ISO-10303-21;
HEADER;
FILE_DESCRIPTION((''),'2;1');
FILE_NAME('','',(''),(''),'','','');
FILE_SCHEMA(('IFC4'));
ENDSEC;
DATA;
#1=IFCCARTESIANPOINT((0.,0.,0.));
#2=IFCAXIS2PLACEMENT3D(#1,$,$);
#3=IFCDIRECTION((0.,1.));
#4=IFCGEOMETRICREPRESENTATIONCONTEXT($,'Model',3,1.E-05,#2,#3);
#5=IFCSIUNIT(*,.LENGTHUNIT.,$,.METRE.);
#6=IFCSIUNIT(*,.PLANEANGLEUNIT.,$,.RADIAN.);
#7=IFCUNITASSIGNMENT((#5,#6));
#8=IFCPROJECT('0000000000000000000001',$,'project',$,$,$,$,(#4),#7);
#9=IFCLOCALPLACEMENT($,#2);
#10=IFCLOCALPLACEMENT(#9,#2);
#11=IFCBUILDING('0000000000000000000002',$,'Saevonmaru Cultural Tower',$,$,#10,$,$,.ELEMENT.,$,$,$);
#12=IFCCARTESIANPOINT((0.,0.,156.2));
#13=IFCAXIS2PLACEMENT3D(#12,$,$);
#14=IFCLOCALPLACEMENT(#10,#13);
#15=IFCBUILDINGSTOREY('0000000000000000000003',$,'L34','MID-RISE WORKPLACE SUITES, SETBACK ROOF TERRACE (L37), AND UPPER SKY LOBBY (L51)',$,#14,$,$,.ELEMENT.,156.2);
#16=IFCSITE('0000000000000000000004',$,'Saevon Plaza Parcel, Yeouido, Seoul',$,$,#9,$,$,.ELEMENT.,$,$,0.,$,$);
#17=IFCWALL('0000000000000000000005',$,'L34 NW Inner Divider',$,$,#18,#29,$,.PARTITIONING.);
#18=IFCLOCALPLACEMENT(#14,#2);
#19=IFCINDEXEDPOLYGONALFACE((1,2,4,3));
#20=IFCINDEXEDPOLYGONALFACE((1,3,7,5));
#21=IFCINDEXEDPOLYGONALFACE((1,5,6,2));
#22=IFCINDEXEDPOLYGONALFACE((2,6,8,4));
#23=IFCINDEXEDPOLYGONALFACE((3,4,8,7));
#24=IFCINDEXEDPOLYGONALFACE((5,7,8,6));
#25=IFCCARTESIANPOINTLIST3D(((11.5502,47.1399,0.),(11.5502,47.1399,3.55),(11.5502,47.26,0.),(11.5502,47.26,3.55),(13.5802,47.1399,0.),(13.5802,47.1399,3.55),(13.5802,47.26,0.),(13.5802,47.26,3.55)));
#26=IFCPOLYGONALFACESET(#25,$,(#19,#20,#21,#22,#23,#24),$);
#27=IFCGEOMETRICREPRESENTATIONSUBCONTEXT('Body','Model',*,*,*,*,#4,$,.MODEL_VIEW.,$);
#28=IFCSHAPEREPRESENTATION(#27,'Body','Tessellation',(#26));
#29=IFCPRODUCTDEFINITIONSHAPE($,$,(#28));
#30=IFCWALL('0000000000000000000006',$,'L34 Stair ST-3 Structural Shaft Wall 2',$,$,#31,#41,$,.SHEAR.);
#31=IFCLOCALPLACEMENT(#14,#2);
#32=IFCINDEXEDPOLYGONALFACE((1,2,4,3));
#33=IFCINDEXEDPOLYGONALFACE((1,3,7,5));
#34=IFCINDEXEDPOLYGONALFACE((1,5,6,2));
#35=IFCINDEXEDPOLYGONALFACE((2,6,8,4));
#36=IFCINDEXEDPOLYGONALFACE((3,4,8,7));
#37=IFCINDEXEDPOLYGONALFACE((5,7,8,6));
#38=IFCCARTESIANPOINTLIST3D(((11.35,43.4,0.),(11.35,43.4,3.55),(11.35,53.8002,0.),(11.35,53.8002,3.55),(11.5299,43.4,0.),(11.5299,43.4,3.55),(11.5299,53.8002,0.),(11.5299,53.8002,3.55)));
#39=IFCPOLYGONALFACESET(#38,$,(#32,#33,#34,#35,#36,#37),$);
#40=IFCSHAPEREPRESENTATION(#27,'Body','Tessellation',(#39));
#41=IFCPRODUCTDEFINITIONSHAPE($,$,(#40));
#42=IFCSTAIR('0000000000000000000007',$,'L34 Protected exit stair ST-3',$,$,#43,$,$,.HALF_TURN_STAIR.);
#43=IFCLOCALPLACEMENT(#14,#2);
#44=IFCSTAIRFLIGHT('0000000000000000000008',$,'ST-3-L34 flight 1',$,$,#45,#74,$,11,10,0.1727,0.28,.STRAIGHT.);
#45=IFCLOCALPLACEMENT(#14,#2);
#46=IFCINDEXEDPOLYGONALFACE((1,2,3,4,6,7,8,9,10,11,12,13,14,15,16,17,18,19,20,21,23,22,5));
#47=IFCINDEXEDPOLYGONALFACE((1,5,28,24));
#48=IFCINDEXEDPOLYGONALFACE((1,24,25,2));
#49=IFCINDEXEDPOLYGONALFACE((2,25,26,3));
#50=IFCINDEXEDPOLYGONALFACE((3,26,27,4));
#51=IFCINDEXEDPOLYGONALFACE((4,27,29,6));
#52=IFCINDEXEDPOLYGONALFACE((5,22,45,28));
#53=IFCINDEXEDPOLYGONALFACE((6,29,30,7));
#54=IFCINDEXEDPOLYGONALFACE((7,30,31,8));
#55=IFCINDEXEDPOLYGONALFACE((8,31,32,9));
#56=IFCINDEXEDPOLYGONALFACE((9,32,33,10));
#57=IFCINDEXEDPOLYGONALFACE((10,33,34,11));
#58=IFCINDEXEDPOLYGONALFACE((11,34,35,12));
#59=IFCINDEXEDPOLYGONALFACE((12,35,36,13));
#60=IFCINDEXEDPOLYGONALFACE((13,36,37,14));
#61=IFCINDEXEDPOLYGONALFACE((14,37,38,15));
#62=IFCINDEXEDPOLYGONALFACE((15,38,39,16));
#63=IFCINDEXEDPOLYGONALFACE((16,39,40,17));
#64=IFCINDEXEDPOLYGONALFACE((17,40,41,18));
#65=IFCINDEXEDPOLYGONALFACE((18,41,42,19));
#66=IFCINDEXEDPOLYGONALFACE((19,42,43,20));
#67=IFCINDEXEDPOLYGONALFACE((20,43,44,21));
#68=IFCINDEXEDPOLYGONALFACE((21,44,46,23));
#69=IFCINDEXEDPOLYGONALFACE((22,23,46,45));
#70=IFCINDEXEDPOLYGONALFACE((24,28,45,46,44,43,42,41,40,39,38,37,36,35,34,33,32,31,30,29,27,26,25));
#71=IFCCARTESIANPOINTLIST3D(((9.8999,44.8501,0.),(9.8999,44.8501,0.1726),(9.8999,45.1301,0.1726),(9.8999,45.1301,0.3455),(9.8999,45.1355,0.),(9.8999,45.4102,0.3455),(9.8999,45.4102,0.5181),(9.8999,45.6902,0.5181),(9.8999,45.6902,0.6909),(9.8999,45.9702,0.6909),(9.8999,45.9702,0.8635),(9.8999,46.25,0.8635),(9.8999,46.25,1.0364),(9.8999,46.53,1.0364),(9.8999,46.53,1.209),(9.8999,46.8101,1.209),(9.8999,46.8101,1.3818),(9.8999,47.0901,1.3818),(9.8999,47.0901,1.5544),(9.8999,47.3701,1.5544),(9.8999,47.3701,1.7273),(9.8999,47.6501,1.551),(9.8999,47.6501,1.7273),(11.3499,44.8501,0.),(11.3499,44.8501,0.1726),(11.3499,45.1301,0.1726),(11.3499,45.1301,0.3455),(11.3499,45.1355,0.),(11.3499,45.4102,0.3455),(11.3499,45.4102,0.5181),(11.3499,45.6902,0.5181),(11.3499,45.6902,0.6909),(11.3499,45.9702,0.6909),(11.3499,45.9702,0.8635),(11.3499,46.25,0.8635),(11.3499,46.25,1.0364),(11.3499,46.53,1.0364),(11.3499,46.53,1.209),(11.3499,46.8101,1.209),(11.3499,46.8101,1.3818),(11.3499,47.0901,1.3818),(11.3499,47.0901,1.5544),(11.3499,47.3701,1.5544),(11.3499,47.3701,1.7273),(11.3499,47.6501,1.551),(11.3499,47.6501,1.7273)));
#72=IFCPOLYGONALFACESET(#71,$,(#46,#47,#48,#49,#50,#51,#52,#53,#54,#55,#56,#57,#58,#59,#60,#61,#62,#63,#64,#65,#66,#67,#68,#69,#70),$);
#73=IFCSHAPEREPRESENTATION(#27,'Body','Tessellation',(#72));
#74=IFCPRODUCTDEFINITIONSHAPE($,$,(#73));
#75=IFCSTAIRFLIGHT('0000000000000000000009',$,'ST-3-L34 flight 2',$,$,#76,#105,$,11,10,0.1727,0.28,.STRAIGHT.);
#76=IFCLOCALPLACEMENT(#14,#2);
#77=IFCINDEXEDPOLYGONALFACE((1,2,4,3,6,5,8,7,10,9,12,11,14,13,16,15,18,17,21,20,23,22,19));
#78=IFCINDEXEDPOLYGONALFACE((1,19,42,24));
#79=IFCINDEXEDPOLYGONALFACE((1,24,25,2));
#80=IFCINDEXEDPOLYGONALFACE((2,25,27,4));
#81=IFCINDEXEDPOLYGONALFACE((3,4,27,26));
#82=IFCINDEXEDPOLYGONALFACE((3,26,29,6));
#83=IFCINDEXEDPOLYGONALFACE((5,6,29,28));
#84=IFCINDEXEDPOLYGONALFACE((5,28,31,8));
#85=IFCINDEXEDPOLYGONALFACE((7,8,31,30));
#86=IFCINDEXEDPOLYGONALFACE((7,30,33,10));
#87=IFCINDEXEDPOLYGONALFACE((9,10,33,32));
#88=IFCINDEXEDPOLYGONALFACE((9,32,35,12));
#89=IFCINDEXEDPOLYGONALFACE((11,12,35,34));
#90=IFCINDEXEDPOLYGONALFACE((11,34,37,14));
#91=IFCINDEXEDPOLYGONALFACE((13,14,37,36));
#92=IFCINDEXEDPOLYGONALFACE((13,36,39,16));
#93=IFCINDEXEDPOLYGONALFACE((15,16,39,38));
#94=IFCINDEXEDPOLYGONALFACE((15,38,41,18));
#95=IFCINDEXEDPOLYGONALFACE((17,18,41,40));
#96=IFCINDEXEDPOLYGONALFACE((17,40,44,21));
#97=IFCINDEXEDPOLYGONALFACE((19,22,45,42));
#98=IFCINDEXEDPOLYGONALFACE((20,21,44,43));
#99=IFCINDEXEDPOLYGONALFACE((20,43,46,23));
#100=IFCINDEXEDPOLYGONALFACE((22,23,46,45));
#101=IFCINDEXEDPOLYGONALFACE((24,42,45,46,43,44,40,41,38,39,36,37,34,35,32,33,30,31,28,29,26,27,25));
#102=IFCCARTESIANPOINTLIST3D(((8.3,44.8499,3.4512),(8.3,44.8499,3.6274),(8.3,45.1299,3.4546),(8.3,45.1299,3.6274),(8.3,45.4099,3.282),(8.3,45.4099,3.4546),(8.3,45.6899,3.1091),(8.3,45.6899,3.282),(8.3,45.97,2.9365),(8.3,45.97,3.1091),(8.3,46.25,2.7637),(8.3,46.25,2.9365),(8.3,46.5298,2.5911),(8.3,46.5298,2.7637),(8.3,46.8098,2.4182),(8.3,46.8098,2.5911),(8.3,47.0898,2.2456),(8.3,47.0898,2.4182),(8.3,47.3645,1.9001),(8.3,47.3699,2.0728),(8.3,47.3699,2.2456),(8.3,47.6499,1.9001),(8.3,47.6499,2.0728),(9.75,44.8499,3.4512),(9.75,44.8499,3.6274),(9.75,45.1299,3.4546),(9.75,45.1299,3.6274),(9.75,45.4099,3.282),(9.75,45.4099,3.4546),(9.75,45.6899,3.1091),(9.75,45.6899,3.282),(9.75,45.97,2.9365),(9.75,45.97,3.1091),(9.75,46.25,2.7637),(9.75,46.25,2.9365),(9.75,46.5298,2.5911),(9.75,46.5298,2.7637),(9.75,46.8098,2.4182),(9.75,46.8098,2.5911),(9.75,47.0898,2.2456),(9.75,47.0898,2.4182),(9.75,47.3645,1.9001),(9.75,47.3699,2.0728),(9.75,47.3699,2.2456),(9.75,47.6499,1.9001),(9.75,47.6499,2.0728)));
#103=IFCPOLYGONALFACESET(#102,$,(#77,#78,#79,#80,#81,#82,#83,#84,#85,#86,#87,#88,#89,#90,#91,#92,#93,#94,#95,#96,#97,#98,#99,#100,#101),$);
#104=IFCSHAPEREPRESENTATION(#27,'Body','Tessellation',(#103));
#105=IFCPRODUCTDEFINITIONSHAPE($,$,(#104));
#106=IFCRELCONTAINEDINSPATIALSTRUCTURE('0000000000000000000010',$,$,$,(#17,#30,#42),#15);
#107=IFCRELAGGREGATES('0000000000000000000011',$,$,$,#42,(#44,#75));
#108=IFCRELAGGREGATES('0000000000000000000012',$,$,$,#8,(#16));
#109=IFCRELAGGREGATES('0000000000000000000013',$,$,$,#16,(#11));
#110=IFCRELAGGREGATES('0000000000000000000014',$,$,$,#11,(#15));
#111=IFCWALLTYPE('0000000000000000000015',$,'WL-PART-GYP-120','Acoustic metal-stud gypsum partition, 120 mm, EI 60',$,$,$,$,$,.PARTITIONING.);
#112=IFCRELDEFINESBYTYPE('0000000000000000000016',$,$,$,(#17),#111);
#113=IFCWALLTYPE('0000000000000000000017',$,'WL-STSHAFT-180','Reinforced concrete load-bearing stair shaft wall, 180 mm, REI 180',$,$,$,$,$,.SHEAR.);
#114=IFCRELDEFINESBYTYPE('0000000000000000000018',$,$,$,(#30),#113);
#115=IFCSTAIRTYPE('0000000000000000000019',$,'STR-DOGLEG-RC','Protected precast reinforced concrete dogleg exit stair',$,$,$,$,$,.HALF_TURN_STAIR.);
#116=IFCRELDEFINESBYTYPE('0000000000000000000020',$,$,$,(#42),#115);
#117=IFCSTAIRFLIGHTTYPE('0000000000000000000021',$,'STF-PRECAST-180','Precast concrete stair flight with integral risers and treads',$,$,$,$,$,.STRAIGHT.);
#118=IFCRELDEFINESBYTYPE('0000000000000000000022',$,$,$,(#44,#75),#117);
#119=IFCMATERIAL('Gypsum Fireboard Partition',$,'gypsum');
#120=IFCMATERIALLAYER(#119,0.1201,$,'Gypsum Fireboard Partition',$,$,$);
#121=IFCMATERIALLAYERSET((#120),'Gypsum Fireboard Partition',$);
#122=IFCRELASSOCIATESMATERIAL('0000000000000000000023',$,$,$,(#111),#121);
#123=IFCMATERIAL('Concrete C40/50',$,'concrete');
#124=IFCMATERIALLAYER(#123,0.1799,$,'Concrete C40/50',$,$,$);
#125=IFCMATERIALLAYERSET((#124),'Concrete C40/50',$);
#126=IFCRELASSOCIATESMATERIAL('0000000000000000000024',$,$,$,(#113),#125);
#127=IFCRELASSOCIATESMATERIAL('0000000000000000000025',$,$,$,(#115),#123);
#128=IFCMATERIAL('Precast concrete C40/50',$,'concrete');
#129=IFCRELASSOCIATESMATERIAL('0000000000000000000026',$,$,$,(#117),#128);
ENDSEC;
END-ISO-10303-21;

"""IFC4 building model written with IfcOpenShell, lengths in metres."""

from ifc_helpers import new_model, si_unit, direction, frame, frame_2d, origin, place, context, subcontext, project, spatial, polyline, rectangle, outline, extrude, material, layer, layer_set, type_object, element, aggregate, save


model = new_model("IFC4")

# Units and contexts
model_context = context("Model", 3, precision=1e-05, world=origin(), true_north=direction((0.0, 1.0)))
body_context = subcontext(model_context, "Body", "Model", "MODEL_VIEW")
ifc_project = project(units=[si_unit("LENGTHUNIT", "METRE"), si_unit("PLANEANGLEUNIT", "RADIAN")], contexts=[model_context])

# Site, building, storey
site_placement = place(None, origin())
site = spatial("IfcSite", under=ifc_project, at=site_placement, Name="Saevon Plaza Parcel, Yeouido, Seoul", CompositionType="ELEMENT", RefElevation=0.0)
building_placement = place(site_placement, origin())
building = spatial("IfcBuilding", under=site, at=building_placement, Name="Saevonmaru Cultural Tower", CompositionType="ELEMENT")
storey_placement = place(building_placement, frame((0.0, 0.0, 156.2)))
storey = spatial("IfcBuildingStorey", under=building, at=storey_placement, Name="L34", Description="MID-RISE WORKPLACE SUITES, SETBACK ROOF TERRACE (L37), AND UPPER SKY LOBBY (L51)", CompositionType="ELEMENT", Elevation=156.2)

# Wall
ifc_material_1 = material(Name="Gypsum Fireboard Partition", Category="gypsum")
ifc_layer_1 = layer(ifc_material_1, 0.1201, Name="Gypsum Fireboard Partition")
ifc_layer_set_1 = layer_set([ifc_layer_1], Name="Gypsum Fireboard Partition")
wall_type_1 = type_object("IfcWallType", Name="WL-PART-GYP-120", Description="Acoustic metal-stud gypsum partition, 120 mm, EI 60", PredefinedType="PARTITIONING", material=ifc_layer_set_1)
wall_1_placement = place(storey_placement, frame((11.55, 47.2, 0.0), z_axis=(0.0, 0.0, 1.0), x_axis=(1.0, 0.0, 0.0)))
element("IfcWall", 1, at=wall_1_placement, inside=storey, type_object=wall_type_1, Name="L34 NW Inner Divider", PredefinedType="PARTITIONING", context=body_context, shape_type="SweptSolid", body=[
    extrude(rectangle(XDim=2.03, YDim=0.1201, at=frame_2d((1.0151, 0.0))), origin(), (0.0, 0.0, 1.0), 3.55),
])

# Shared definitions
ifc_material_2 = material(Name="Concrete C40/50", Category="concrete")
ifc_layer_2 = layer(ifc_material_2, 0.1799, Name="Concrete C40/50")
ifc_layer_set_2 = layer_set([ifc_layer_2], Name="Concrete C40/50")
wall_type_2 = type_object("IfcWallType", Name="WL-STSHAFT-180", Description="Reinforced concrete load-bearing stair shaft wall, 180 mm, REI 180", PredefinedType="SHEAR", material=ifc_layer_set_2)

# Wall
wall_2_placement = place(storey_placement, frame((11.4399, 43.3999, 0.0), z_axis=(0.0, 0.0, 1.0), x_axis=(0.0, 1.0, 0.0)))
element("IfcWall", 2, at=wall_2_placement, inside=storey, type_object=wall_type_2, Name="L34 Stair ST-3 Structural Shaft Wall 2", PredefinedType="SHEAR", context=body_context, shape_type="SweptSolid", body=[
    extrude(rectangle(XDim=10.4001, YDim=0.1799, at=frame_2d((5.2002, 0.0))), origin(), (0.0, 0.0, 1.0), 3.55),
])

# Stair, stair flights
stair_type = type_object("IfcStairType", Name="STR-DOGLEG-RC", Description="Protected precast reinforced concrete dogleg exit stair", PredefinedType="HALF_TURN_STAIR", material=ifc_material_2)
stair_placement = place(storey_placement, origin())
stair = element("IfcStair", 3, at=stair_placement, inside=storey, type_object=stair_type, Name="L34 Protected exit stair ST-3", PredefinedType="HALF_TURN_STAIR")
ifc_material_3 = material(Name="Precast concrete C40/50", Category="concrete")
stair_flight_type = type_object("IfcStairFlightType", Name="STF-PRECAST-180", Description="Precast concrete stair flight with integral risers and treads", PredefinedType="STRAIGHT", material=ifc_material_3)
stair_flight_1_placement = place(storey_placement, frame((10.625, 44.8501, 0.0), z_axis=(0.0, 0.0, 1.0), x_axis=(0.0, 1.0, 0.0)))
stair_flight_1 = element("IfcStairFlight", 4, at=stair_flight_1_placement, type_object=stair_flight_type, Name="ST-3-L34 flight 1", NumberOfRisers=11, NumberOfTreads=10, PredefinedType="STRAIGHT", RiserHeight=0.1727, TreadLength=0.28, context=body_context, shape_type="SweptSolid", body=[
    extrude(outline(polyline([(0.0, 0.0), (0.0, 0.1726), (0.28, 0.1726), (0.28, 0.3455), (0.5601, 0.3455), (0.5601, 0.5181), (0.8401, 0.5181), (0.8401, 0.6909), (1.1201, 0.6909), (1.1201, 0.8635), (1.3999, 0.8635), (1.3999, 1.0364), (1.6799, 1.0364), (1.6799, 1.209), (1.96, 1.209), (1.96, 1.3818), (2.24, 1.3818), (2.24, 1.5544), (2.52, 1.5544), (2.52, 1.7273), (2.8, 1.7273), (2.8, 1.8999), (2.8, 1.551), (0.2854, 0.0), (0.0, 0.0)])), frame((0.0, 0.7251, 0.0), z_axis=(0.0, -1.0, 0.0), x_axis=(1.0, 0.0, 0.0)), (0.0, 0.0, 1.0), 1.45),
])
stair_flight_2_placement = place(storey_placement, frame((9.0249, 47.6499, 1.9001), z_axis=(0.0, 0.0, 1.0), x_axis=(0.0, -1.0, 0.0)))
stair_flight_2 = element("IfcStairFlight", 5, at=stair_flight_2_placement, type_object=stair_flight_type, Name="ST-3-L34 flight 2", NumberOfRisers=11, NumberOfTreads=10, PredefinedType="STRAIGHT", RiserHeight=0.1727, TreadLength=0.28, context=body_context, shape_type="SweptSolid", body=[
    extrude(outline(polyline([(0.0, 0.0), (0.0, 0.1726), (0.28, 0.1726), (0.28, 0.3455), (0.5601, 0.3455), (0.5601, 0.5181), (0.8401, 0.5181), (0.8401, 0.6909), (1.1201, 0.6909), (1.1201, 0.8635), (1.3999, 0.8635), (1.3999, 1.0364), (1.6799, 1.0364), (1.6799, 1.209), (1.96, 1.209), (1.96, 1.3818), (2.24, 1.3818), (2.24, 1.5544), (2.52, 1.5544), (2.52, 1.7273), (2.8, 1.7273), (2.8, 1.8999), (2.8, 1.551), (0.2854, 0.0), (0.0, 0.0)])), frame((0.0, 0.7251, 0.0), z_axis=(0.0, -1.0, 0.0), x_axis=(1.0, 0.0, 0.0)), (0.0, 0.0, 1.0), 1.45),
])
aggregate(stair, [stair_flight_1, stair_flight_2])

save(model, "model.ifc")
